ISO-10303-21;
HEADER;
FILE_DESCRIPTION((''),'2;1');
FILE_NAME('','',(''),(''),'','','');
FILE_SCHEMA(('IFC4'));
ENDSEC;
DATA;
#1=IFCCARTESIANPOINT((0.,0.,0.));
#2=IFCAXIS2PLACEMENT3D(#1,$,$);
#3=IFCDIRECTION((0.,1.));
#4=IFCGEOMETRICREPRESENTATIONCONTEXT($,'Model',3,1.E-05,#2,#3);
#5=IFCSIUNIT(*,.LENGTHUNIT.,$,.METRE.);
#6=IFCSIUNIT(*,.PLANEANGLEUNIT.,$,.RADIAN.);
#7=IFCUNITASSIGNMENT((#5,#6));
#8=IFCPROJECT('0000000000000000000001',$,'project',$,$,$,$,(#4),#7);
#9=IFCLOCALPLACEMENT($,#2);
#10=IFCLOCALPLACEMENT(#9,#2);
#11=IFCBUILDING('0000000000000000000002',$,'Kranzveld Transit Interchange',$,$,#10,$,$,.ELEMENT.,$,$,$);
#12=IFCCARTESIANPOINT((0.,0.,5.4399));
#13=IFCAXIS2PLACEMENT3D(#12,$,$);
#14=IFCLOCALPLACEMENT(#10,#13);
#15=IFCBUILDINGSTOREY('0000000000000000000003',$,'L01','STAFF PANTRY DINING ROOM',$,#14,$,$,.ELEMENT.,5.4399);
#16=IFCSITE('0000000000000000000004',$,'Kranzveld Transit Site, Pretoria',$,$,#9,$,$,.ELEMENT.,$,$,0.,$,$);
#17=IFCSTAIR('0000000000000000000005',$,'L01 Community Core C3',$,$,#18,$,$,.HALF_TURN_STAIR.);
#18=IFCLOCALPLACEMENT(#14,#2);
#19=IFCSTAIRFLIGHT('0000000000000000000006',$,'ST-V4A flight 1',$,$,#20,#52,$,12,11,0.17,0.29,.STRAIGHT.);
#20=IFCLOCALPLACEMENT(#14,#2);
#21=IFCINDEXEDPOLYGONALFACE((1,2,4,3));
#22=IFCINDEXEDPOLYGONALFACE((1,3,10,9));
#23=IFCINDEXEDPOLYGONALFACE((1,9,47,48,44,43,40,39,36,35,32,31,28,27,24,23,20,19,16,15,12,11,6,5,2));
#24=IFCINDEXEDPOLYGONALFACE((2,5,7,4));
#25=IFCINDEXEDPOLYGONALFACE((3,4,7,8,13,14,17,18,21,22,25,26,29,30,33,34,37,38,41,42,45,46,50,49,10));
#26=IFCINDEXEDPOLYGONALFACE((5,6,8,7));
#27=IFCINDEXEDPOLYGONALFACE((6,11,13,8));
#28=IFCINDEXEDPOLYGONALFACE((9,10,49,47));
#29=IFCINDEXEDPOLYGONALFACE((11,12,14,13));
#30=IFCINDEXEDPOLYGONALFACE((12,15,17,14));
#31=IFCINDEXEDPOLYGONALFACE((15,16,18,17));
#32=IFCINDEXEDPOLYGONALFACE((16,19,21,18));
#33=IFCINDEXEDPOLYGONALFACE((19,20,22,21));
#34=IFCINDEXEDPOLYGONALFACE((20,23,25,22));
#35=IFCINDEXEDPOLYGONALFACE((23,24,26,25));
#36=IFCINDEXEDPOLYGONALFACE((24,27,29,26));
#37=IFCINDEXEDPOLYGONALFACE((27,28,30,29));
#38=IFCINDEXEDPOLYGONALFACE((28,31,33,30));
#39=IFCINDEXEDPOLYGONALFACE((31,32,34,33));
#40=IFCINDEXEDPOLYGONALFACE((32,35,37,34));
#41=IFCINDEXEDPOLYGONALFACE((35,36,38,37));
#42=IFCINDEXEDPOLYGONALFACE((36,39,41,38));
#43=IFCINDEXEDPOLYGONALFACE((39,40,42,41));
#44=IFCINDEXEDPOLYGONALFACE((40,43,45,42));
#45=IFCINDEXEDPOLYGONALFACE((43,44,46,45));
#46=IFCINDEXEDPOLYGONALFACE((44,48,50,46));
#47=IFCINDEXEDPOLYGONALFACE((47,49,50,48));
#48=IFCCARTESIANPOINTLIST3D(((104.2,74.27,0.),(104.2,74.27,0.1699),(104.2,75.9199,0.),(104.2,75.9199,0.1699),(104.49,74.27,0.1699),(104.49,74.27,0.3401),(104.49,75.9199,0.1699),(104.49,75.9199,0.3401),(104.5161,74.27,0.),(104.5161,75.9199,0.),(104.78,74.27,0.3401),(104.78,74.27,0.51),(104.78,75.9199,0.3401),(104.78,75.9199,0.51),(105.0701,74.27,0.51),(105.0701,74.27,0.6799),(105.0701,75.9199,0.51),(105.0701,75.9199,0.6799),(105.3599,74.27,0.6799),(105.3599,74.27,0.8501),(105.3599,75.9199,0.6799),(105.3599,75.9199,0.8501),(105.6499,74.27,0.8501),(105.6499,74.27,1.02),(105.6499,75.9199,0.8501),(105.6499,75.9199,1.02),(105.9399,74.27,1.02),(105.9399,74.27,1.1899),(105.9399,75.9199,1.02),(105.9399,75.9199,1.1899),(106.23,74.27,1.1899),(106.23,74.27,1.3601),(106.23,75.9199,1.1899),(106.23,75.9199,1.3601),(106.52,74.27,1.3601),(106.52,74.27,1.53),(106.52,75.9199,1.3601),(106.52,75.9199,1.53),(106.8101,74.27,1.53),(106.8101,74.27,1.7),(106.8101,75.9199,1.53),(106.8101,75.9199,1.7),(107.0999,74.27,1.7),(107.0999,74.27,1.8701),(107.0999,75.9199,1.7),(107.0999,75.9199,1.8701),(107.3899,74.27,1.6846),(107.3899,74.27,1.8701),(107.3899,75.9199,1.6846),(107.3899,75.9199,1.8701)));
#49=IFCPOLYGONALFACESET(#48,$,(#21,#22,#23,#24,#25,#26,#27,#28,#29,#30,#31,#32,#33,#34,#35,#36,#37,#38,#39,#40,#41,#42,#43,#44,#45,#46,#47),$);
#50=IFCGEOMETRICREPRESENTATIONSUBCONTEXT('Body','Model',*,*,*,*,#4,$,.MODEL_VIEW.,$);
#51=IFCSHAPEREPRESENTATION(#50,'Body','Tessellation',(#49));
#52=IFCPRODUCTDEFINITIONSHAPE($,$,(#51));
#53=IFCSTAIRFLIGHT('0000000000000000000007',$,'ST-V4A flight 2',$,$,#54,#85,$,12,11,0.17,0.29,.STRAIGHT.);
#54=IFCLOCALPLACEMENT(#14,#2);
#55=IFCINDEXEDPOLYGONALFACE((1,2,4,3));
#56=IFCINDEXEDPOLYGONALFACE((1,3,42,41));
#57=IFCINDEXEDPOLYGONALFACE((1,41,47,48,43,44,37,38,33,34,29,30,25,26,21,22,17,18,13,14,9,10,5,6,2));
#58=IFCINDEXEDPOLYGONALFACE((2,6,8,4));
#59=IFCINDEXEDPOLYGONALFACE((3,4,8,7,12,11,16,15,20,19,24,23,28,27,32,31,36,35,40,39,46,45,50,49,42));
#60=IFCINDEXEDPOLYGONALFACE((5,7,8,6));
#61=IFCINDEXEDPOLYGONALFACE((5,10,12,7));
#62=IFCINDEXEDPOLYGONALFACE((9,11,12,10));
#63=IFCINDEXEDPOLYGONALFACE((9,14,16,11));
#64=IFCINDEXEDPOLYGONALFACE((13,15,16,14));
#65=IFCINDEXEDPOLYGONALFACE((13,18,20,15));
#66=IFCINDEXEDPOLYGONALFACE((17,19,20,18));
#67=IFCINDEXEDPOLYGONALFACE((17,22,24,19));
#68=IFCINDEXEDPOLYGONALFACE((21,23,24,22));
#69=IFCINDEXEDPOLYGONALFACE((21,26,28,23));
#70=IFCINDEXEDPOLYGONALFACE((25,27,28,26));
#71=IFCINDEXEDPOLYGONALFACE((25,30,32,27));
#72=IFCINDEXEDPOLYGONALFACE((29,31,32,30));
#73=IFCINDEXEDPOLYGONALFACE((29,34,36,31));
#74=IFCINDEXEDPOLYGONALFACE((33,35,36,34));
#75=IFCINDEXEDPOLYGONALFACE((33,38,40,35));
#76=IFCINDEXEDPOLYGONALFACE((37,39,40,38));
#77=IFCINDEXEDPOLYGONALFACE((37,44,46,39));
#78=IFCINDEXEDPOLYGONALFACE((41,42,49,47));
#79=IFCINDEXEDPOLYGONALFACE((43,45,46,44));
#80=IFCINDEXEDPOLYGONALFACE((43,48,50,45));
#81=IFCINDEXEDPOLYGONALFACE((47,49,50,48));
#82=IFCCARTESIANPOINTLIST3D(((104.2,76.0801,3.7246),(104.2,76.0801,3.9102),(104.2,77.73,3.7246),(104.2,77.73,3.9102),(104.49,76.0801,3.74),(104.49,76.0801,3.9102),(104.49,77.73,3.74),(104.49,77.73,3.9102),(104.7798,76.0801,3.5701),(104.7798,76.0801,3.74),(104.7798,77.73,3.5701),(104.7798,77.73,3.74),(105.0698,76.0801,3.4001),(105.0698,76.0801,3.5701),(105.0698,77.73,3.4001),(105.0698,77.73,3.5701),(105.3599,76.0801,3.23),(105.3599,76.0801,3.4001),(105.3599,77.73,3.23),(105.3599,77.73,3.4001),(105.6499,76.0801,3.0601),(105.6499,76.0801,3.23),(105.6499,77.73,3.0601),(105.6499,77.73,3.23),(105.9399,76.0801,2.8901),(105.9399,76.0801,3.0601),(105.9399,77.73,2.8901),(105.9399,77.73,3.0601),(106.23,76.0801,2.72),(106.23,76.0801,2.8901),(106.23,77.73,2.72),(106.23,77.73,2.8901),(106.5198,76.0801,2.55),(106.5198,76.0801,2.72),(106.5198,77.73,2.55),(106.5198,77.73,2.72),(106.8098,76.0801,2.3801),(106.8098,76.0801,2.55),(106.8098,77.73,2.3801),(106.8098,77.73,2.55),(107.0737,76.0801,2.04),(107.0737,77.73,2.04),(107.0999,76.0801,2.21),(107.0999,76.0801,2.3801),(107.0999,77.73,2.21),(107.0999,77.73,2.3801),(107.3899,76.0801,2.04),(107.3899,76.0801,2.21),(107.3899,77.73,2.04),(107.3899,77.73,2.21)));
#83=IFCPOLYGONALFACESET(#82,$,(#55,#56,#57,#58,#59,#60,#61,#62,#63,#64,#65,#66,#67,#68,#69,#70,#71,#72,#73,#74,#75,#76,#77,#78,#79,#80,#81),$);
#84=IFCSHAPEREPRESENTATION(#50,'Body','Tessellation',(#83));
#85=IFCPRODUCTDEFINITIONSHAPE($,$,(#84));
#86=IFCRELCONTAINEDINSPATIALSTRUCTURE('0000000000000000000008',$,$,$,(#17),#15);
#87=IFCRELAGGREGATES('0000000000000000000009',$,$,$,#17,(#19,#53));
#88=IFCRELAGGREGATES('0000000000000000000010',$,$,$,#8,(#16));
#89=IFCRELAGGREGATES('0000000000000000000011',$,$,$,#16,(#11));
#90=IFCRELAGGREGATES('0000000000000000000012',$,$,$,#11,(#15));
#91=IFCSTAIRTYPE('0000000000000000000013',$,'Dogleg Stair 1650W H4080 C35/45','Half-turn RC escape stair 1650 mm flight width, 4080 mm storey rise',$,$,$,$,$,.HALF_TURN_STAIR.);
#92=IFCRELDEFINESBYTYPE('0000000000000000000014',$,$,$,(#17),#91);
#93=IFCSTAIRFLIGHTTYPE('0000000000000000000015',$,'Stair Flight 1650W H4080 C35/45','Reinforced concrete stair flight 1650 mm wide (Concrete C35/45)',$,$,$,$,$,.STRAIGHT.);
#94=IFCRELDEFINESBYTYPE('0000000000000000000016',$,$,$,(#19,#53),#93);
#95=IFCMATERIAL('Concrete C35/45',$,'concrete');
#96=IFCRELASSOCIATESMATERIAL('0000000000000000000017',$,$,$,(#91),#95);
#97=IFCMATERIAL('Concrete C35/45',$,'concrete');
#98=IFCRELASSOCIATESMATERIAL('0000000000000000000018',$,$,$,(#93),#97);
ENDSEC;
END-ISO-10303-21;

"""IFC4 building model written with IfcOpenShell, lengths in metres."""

from ifc_helpers import new_model, si_unit, direction, frame, origin, place, context, subcontext, project, spatial, polyline, outline, extrude, material, type_object, element, aggregate, save


model = new_model("IFC4")

# Units and contexts
model_context = context("Model", 3, precision=1e-05, world=origin(), true_north=direction((0.0, 1.0)))
body_context = subcontext(model_context, "Body", "Model", "MODEL_VIEW")
ifc_project = project(units=[si_unit("LENGTHUNIT", "METRE"), si_unit("PLANEANGLEUNIT", "RADIAN")], contexts=[model_context])

# Site, building, storey
site_placement = place(None, origin())
site = spatial("IfcSite", under=ifc_project, at=site_placement, Name="Kranzveld Transit Site, Pretoria", CompositionType="ELEMENT", RefElevation=0.0)
building_placement = place(site_placement, origin())
building = spatial("IfcBuilding", under=site, at=building_placement, Name="Kranzveld Transit Interchange", CompositionType="ELEMENT")
storey_placement = place(building_placement, frame((0.0, 0.0, 5.4399)))
storey = spatial("IfcBuildingStorey", under=building, at=storey_placement, Name="L01", Description="STAFF PANTRY DINING ROOM", CompositionType="ELEMENT", Elevation=5.4399)

# Stair, stair flights
ifc_material_1 = material(Name="Concrete C35/45", Category="concrete")
stair_type = type_object("IfcStairType", Name="Dogleg Stair 1650W H4080 C35/45", Description="Half-turn RC escape stair 1650 mm flight width, 4080 mm storey rise", PredefinedType="HALF_TURN_STAIR", material=ifc_material_1)
stair_placement = place(storey_placement, origin())
stair = element("IfcStair", 1, at=stair_placement, inside=storey, type_object=stair_type, Name="L01 Community Core C3", PredefinedType="HALF_TURN_STAIR")
ifc_material_2 = material(Name="Concrete C35/45", Category="concrete")
stair_flight_type = type_object("IfcStairFlightType", Name="Stair Flight 1650W H4080 C35/45", Description="Reinforced concrete stair flight 1650 mm wide (Concrete C35/45)", PredefinedType="STRAIGHT", material=ifc_material_2)
stair_flight_1_placement = place(storey_placement, frame((104.2, 75.095, 0.0), z_axis=(0.0, 0.0, 1.0), x_axis=(1.0, 0.0, 0.0)))
stair_flight_1 = element("IfcStairFlight", 2, at=stair_flight_1_placement, type_object=stair_flight_type, Name="ST-V4A flight 1", NumberOfRisers=12, NumberOfTreads=11, PredefinedType="STRAIGHT", RiserHeight=0.17, TreadLength=0.29, context=body_context, shape_type="SweptSolid", body=[
    extrude(outline(polyline([(0.0, 0.0), (0.0, 0.1699), (0.29, 0.1699), (0.29, 0.3401), (0.5801, 0.3401), (0.5801, 0.51), (0.8701, 0.51), (0.8701, 0.6799), (1.1599, 0.6799), (1.1599, 0.8501), (1.45, 0.8501), (1.45, 1.02), (1.74, 1.02), (1.74, 1.1899), (2.03, 1.1899), (2.03, 1.3601), (2.3201, 1.3601), (2.3201, 1.53), (2.6101, 1.53), (2.6101, 1.7), (2.8999, 1.7), (2.8999, 1.8701), (3.1899, 1.8701), (3.1899, 2.04), (3.1899, 1.6846), (0.3162, 0.0), (0.0, 0.0)])), frame((0.0, 0.825, 0.0), z_axis=(0.0, -1.0, 0.0), x_axis=(1.0, 0.0, 0.0)), (0.0, 0.0, 1.0), 1.6499),
])
stair_flight_2_placement = place(storey_placement, frame((107.3899, 76.905, 2.04), z_axis=(0.0, 0.0, 1.0), x_axis=(-1.0, 0.0, 0.0)))
stair_flight_2 = element("IfcStairFlight", 3, at=stair_flight_2_placement, type_object=stair_flight_type, Name="ST-V4A flight 2", NumberOfRisers=12, NumberOfTreads=11, PredefinedType="STRAIGHT", RiserHeight=0.17, TreadLength=0.29, context=body_context, shape_type="SweptSolid", body=[
    extrude(outline(polyline([(0.0, 0.0), (0.0, 0.1699), (0.29, 0.1699), (0.29, 0.3401), (0.5801, 0.3401), (0.5801, 0.51), (0.8701, 0.51), (0.8701, 0.6799), (1.1599, 0.6799), (1.1599, 0.8501), (1.45, 0.8501), (1.45, 1.02), (1.74, 1.02), (1.74, 1.1899), (2.03, 1.1899), (2.03, 1.3601), (2.3201, 1.3601), (2.3201, 1.53), (2.6101, 1.53), (2.6101, 1.7), (2.8999, 1.7), (2.8999, 1.8701), (3.1899, 1.8701), (3.1899, 2.04), (3.1899, 1.6846), (0.3162, 0.0), (0.0, 0.0)])), frame((0.0, 0.825, 0.0), z_axis=(0.0, -1.0, 0.0), x_axis=(1.0, 0.0, 0.0)), (0.0, 0.0, 1.0), 1.6499),
])
aggregate(stair, [stair_flight_1, stair_flight_2])

save(model, "model.ifc")
